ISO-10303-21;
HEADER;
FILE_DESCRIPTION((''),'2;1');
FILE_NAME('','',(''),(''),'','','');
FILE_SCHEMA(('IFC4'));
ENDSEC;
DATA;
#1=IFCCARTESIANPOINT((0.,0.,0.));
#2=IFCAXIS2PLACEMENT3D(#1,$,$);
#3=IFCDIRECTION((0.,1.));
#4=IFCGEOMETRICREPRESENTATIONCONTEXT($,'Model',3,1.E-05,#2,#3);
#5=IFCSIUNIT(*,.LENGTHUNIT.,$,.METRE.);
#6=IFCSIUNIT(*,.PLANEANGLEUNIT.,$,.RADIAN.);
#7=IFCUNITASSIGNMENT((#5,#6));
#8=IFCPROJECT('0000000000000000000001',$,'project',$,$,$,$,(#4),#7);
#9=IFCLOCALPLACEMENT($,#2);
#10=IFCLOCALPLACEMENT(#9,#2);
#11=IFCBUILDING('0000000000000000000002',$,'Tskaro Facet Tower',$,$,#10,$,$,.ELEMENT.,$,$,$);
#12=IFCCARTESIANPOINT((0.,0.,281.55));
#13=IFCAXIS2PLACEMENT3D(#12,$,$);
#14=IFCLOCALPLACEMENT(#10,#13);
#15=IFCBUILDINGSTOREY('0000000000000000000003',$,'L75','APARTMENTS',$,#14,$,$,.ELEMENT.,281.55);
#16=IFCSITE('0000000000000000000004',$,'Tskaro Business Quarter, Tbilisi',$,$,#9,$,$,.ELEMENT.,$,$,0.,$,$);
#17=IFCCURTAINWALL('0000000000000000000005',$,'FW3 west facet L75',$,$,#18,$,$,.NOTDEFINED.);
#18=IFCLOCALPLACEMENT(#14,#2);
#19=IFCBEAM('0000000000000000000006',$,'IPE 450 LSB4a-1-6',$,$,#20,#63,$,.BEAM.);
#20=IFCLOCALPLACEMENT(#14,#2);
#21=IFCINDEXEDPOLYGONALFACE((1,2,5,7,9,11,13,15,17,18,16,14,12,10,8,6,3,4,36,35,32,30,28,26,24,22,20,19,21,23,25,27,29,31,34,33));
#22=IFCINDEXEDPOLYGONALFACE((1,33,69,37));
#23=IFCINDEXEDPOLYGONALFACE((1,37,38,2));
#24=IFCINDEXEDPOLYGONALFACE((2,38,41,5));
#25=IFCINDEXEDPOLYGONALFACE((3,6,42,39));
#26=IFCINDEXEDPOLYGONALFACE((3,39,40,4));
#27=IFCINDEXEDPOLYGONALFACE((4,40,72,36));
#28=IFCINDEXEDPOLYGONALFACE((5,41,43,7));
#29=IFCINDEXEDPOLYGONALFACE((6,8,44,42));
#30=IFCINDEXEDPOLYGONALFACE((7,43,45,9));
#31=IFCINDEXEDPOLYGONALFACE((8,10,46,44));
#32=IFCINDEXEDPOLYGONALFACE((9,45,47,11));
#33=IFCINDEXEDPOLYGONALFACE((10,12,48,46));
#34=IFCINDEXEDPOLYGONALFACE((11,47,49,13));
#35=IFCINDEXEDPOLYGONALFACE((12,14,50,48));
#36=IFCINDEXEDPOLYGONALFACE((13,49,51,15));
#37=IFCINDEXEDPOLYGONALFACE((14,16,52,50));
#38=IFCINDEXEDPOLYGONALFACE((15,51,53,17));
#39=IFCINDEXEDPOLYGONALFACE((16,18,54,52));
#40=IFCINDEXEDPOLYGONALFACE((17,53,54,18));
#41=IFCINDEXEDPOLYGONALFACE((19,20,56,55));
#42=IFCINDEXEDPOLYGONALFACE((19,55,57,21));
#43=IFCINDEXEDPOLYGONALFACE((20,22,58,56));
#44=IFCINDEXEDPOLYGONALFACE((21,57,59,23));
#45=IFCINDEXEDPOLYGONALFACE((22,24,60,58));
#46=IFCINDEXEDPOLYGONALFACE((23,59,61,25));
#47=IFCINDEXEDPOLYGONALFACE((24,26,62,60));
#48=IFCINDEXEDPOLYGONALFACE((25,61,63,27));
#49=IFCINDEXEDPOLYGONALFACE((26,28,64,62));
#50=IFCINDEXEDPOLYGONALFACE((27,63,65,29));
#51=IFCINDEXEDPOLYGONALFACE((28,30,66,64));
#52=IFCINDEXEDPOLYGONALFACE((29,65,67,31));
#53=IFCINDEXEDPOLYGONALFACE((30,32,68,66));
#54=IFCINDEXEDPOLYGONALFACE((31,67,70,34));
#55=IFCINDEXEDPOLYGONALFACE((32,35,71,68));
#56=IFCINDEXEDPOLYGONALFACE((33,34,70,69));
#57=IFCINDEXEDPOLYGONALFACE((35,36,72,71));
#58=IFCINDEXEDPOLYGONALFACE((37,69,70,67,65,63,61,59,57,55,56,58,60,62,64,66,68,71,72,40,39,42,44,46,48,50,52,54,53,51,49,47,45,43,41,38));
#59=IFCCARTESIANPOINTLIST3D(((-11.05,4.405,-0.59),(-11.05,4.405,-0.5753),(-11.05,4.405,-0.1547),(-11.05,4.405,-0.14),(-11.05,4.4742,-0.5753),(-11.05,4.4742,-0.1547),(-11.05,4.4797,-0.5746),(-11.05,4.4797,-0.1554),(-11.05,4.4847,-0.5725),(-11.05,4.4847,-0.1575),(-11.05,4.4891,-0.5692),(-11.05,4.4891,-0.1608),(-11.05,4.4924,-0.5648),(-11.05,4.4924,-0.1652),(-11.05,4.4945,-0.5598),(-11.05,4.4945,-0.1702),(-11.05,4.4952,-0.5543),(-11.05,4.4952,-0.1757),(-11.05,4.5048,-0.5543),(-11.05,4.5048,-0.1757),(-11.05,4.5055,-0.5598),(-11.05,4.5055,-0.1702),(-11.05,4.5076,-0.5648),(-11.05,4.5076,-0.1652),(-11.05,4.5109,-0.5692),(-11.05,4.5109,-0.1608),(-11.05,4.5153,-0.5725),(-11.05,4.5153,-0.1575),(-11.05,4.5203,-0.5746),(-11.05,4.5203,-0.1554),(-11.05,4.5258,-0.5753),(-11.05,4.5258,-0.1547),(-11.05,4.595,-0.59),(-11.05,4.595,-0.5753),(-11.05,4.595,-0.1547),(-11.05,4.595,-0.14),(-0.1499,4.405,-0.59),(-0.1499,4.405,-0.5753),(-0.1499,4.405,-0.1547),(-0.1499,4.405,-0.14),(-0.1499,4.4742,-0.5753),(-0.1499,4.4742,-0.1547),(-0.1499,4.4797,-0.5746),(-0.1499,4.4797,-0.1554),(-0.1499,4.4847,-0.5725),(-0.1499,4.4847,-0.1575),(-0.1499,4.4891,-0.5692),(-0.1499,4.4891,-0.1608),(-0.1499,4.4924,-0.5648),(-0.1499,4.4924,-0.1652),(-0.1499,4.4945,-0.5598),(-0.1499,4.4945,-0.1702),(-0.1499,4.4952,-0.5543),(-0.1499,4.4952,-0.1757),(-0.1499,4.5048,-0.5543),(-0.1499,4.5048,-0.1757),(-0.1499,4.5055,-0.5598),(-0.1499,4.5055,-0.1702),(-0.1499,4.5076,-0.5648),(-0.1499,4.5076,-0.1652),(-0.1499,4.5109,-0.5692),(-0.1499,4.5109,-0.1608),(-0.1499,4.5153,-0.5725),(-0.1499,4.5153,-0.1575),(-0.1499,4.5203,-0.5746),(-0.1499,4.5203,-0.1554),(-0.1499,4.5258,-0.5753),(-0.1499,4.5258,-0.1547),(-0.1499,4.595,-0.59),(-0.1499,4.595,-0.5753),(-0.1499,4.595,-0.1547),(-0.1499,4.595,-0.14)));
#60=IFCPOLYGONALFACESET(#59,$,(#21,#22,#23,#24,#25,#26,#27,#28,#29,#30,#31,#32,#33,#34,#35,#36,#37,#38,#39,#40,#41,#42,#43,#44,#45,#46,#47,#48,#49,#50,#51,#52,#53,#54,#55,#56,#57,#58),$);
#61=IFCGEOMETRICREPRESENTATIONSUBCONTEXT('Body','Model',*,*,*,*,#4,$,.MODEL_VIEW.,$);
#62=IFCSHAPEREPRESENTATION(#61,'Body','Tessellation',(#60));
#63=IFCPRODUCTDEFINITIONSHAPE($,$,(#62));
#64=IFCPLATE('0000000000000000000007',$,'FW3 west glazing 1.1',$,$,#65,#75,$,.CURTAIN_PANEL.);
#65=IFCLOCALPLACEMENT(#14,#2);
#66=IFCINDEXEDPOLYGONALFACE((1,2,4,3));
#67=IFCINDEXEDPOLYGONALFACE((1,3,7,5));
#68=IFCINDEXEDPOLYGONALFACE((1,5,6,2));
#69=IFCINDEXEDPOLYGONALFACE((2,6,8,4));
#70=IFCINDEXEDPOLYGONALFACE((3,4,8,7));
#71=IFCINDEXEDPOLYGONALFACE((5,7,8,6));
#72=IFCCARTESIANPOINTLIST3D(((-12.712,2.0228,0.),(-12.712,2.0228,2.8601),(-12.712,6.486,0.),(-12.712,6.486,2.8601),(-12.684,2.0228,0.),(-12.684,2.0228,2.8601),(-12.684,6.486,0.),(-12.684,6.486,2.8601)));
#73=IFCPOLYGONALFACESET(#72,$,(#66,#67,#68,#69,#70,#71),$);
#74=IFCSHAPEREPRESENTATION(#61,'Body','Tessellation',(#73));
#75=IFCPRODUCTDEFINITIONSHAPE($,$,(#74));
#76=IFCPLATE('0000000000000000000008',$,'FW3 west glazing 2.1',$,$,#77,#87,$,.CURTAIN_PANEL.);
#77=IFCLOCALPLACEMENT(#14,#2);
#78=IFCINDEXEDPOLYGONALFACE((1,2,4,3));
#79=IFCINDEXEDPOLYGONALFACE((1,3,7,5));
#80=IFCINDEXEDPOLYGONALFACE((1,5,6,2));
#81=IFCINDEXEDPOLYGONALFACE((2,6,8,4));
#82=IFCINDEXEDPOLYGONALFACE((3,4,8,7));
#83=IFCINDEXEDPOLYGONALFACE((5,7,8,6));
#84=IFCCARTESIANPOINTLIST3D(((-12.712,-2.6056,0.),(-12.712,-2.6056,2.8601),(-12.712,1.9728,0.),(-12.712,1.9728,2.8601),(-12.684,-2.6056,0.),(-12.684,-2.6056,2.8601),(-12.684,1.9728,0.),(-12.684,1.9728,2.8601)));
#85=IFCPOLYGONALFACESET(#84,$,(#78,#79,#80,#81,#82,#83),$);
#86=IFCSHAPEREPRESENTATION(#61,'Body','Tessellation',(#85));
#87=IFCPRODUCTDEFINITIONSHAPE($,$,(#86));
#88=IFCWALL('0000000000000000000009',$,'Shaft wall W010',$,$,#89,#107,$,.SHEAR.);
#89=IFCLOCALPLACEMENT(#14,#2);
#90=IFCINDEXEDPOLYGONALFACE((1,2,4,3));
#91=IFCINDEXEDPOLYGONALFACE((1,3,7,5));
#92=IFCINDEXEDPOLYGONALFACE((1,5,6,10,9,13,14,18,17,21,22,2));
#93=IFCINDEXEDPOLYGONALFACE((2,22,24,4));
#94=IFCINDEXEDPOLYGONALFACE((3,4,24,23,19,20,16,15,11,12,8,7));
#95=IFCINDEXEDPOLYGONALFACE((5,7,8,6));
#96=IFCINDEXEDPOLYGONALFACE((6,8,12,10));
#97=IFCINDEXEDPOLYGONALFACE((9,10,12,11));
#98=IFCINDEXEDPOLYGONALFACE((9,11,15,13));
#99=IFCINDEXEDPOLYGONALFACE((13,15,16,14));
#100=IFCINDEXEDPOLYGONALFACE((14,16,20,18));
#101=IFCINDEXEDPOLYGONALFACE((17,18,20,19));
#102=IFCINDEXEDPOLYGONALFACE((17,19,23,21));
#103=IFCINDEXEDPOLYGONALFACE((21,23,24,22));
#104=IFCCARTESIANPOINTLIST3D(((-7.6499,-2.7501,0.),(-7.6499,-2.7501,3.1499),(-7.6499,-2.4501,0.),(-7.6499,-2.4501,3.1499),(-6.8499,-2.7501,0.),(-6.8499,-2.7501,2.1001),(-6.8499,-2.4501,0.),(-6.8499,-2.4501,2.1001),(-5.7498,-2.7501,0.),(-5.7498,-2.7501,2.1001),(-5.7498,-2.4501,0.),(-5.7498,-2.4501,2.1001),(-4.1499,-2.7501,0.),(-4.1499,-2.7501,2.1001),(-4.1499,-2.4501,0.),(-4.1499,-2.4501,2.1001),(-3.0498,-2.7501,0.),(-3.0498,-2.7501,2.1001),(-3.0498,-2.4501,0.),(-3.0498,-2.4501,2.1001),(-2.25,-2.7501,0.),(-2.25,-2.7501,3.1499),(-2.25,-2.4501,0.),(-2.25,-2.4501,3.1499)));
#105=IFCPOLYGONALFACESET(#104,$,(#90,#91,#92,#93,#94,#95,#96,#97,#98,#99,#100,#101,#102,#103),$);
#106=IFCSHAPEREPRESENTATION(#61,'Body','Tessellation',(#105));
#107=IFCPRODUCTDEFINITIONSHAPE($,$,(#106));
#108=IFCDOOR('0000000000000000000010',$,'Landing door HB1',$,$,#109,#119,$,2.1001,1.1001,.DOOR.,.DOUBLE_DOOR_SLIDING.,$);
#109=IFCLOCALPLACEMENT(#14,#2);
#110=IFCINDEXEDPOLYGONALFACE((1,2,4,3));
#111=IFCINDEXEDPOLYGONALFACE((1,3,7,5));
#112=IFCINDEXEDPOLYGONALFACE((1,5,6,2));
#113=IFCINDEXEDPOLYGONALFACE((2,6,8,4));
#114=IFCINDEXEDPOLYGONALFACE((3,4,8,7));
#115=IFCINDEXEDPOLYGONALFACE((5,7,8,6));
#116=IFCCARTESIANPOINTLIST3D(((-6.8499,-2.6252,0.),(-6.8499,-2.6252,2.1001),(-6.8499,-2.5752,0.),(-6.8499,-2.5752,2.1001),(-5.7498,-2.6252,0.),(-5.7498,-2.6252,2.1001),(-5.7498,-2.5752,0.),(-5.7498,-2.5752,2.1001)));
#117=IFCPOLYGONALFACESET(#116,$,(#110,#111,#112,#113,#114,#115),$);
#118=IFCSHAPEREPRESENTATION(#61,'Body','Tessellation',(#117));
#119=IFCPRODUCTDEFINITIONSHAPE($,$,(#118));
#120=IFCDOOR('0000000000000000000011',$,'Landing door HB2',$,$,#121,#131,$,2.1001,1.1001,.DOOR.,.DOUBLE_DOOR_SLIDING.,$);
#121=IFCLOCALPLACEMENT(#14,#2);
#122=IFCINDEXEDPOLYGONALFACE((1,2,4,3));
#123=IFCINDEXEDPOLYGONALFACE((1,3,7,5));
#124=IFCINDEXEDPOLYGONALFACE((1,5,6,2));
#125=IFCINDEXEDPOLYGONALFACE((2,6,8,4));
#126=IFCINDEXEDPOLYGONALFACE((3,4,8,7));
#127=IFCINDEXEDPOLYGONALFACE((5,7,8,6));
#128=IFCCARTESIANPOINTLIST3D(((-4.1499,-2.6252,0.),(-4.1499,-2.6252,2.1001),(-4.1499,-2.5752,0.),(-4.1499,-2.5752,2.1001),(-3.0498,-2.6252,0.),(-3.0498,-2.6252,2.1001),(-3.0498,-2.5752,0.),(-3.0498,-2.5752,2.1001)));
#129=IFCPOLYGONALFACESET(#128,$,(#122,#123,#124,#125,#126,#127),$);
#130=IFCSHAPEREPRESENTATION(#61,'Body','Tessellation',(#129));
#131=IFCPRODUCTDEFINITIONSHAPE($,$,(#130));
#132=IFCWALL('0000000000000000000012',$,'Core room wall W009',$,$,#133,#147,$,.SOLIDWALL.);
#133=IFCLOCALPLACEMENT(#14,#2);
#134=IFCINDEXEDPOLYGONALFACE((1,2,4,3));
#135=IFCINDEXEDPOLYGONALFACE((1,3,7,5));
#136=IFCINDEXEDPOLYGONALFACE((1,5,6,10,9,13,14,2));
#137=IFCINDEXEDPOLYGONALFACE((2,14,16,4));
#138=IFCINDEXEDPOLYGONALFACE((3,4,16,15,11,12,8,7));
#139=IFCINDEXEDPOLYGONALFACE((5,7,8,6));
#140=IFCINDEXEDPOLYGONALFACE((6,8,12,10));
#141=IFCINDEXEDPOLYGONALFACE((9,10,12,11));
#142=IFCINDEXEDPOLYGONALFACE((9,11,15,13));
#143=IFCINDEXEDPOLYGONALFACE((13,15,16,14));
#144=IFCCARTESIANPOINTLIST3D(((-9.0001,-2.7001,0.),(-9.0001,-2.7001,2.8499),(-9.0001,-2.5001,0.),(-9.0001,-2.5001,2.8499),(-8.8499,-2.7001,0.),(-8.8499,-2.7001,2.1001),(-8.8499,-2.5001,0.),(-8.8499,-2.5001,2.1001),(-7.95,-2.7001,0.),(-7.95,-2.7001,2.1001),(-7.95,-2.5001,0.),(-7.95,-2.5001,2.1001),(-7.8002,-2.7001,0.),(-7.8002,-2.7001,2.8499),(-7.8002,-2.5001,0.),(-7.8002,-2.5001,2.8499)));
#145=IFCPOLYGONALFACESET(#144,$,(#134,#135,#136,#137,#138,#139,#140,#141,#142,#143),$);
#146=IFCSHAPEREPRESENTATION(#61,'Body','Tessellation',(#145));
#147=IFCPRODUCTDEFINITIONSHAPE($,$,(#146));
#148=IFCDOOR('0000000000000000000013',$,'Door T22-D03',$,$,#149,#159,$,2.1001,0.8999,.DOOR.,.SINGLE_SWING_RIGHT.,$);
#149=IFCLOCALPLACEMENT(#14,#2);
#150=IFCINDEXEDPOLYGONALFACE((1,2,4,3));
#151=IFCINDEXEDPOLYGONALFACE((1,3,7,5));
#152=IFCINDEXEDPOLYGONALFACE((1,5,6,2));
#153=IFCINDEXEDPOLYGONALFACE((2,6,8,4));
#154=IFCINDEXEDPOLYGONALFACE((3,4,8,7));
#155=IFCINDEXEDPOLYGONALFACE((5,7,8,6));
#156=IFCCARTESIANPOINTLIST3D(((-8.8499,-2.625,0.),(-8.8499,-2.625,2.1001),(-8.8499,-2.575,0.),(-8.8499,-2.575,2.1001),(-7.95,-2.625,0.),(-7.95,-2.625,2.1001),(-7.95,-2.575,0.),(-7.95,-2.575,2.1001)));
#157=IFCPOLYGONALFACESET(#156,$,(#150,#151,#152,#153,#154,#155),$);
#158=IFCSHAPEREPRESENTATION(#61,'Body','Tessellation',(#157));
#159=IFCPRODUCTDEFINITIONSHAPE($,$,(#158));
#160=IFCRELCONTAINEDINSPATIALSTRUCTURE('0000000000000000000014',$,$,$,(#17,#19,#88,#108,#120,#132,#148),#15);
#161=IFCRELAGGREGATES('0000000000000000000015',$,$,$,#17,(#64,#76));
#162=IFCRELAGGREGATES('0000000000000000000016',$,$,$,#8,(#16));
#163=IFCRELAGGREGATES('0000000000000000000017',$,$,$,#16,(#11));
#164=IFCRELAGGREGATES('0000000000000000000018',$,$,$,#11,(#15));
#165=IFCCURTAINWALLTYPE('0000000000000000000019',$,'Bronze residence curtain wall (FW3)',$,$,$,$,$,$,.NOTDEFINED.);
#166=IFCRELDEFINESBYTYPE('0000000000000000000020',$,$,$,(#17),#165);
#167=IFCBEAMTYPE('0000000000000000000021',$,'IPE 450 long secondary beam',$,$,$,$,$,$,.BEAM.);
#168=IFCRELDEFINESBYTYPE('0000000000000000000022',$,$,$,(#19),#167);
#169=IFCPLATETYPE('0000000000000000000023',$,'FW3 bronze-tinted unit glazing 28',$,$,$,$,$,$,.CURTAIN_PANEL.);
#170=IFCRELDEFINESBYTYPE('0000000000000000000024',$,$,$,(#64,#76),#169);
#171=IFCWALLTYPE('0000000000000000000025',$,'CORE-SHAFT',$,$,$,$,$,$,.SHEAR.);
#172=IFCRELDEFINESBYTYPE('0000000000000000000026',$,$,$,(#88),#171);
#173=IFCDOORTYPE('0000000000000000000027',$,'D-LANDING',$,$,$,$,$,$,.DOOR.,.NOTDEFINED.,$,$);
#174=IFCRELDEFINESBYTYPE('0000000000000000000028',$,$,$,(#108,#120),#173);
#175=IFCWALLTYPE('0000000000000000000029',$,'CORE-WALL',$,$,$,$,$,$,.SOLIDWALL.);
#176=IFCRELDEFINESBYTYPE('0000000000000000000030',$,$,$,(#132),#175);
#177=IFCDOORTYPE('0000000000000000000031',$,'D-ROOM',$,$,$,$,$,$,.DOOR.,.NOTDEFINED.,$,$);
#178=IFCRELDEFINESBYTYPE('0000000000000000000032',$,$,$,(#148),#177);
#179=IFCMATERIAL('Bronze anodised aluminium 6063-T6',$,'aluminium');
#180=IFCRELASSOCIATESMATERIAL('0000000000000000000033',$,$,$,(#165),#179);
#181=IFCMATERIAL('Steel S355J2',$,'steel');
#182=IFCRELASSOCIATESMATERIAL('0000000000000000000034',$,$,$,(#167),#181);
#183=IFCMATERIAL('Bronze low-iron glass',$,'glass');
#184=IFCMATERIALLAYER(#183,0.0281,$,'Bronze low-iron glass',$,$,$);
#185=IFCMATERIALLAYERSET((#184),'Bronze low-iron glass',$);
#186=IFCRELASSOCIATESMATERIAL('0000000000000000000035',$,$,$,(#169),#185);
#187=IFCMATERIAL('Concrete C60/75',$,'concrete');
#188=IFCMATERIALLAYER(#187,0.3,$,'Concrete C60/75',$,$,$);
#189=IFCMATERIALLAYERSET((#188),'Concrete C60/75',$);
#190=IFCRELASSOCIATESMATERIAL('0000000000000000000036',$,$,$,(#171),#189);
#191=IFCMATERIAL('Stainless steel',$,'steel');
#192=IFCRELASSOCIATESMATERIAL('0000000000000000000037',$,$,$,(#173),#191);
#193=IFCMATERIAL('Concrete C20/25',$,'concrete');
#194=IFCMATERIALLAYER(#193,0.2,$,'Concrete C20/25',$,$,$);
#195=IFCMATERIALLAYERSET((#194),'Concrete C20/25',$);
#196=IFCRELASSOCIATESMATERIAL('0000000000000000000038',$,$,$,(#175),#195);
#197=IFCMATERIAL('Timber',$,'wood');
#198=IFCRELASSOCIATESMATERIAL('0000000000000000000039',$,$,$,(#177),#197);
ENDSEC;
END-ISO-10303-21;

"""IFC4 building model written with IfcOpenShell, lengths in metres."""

from ifc_helpers import new_model, si_unit, direction, frame, frame_2d, origin, origin_2d, place, context, subcontext, project, spatial, rectangle, i_section, extrude, material, layer, layer_set, material_profile, profile_set, type_object, element, fill, aggregate, save


model = new_model("IFC4")

# Units and contexts
model_context = context("Model", 3, precision=1e-05, world=origin(), true_north=direction((0.0, 1.0)))
body_context = subcontext(model_context, "Body", "Model", "MODEL_VIEW")
ifc_project = project(units=[si_unit("LENGTHUNIT", "METRE"), si_unit("PLANEANGLEUNIT", "RADIAN")], contexts=[model_context])

# Site, building, storey
site_placement = place(None, origin())
site = spatial("IfcSite", under=ifc_project, at=site_placement, Name="Tskaro Business Quarter, Tbilisi", CompositionType="ELEMENT", RefElevation=0.0)
building_placement = place(site_placement, origin())
building = spatial("IfcBuilding", under=site, at=building_placement, Name="Tskaro Facet Tower", CompositionType="ELEMENT")
storey_placement = place(building_placement, frame((0.0, 0.0, 281.55)))
storey = spatial("IfcBuildingStorey", under=building, at=storey_placement, Name="L75", Description="APARTMENTS", CompositionType="ELEMENT", Elevation=281.55)

# Shared definitions
ifc_material_1 = material(Name="Steel S355J2", Category="steel")

# Curtain wall
ifc_material_2 = material(Name="Bronze anodised aluminium 6063-T6", Category="aluminium")
curtain_wall_type = type_object("IfcCurtainWallType", Name="Bronze residence curtain wall (FW3)", PredefinedType="NOTDEFINED", material=ifc_material_2)
curtain_wall_placement = place(storey_placement, origin())
curtain_wall = element("IfcCurtainWall", 1, at=curtain_wall_placement, inside=storey, type_object=curtain_wall_type, Name="FW3 west facet L75", PredefinedType="NOTDEFINED")

# Beam
ifc_material_profile_1 = material_profile(ifc_material_1, i_section(OverallWidth=0.1899, OverallDepth=0.45, WebThickness=0.0095, FlangeThickness=0.0146, FilletRadius=0.021, at=origin_2d()), Name="IPE 450")
ifc_profile_set_1 = profile_set([ifc_material_profile_1], Name="Steel S355J2")
beam_type_1 = type_object("IfcBeamType", Name="IPE 450 long secondary beam", PredefinedType="BEAM", material=ifc_profile_set_1)
beam_1_placement = place(storey_placement, frame((-11.05, 4.5, -0.365), z_axis=(1.0, 0.0, 0.0), x_axis=(0.0, 1.0, 0.0)))
element("IfcBeam", 2, at=beam_1_placement, inside=storey, type_object=beam_type_1, Name="IPE 450 LSB4a-1-6", PredefinedType="BEAM", context=body_context, shape_type="SweptSolid", body=[
    extrude(i_section(OverallWidth=0.1899, OverallDepth=0.45, WebThickness=0.0095, FlangeThickness=0.0146, FilletRadius=0.021, at=origin_2d()), origin(), (0.0, 0.0, 1.0), 10.9001),
])

# Plates
ifc_material_3 = material(Name="Bronze low-iron glass", Category="glass")
ifc_layer_1 = layer(ifc_material_3, 0.0281, Name="Bronze low-iron glass")
ifc_layer_set_1 = layer_set([ifc_layer_1], Name="Bronze low-iron glass")
plate_type = type_object("IfcPlateType", Name="FW3 bronze-tinted unit glazing 28", PredefinedType="CURTAIN_PANEL", material=ifc_layer_set_1)
plate_1_placement = place(storey_placement, frame((-12.698, 4.2544, 0.0), z_axis=(0.0, 0.0, 1.0), x_axis=(0.0, -1.0, 0.0)))
plate_1 = element("IfcPlate", 3, at=plate_1_placement, type_object=plate_type, Name="FW3 west glazing 1.1", PredefinedType="CURTAIN_PANEL", context=body_context, shape_type="SweptSolid", body=[
    extrude(rectangle(XDim=4.4631, YDim=0.0281, at=origin_2d()), origin(), (0.0, 0.0, 1.0), 2.8601),
])
plate_2_placement = place(storey_placement, frame((-12.698, -0.3164, 0.0), z_axis=(0.0, 0.0, 1.0), x_axis=(0.0, -1.0, 0.0)))
plate_2 = element("IfcPlate", 4, at=plate_2_placement, type_object=plate_type, Name="FW3 west glazing 2.1", PredefinedType="CURTAIN_PANEL", context=body_context, shape_type="SweptSolid", body=[
    extrude(rectangle(XDim=4.5784, YDim=0.0281, at=origin_2d()), origin(), (0.0, 0.0, 1.0), 2.8601),
])
aggregate(curtain_wall, [plate_1, plate_2])

# Wall, openings, doors
ifc_material_4 = material(Name="Concrete C60/75", Category="concrete")
ifc_layer_2 = layer(ifc_material_4, 0.3, Name="Concrete C60/75")
ifc_layer_set_2 = layer_set([ifc_layer_2], Name="Concrete C60/75")
wall_type_1 = type_object("IfcWallType", Name="CORE-SHAFT", PredefinedType="SHEAR", material=ifc_layer_set_2)
wall_1_placement = place(storey_placement, frame((-7.6499, -2.6001, 0.0), z_axis=(0.0, 0.0, 1.0), x_axis=(1.0, 0.0, 0.0)))
wall_1 = element("IfcWall", 5, at=wall_1_placement, inside=storey, type_object=wall_type_1, Name="Shaft wall W010", PredefinedType="SHEAR", context=body_context, shape_type="SweptSolid", body=[
    extrude(rectangle(XDim=5.3999, YDim=0.3, at=frame_2d((2.7, 0.0))), origin(), (0.0, 0.0, 1.0), 3.1499),
])
opening_1_placement = place(wall_1_placement, frame((0.8, 0.0, 0.0)))
opening_1 = element("IfcOpeningElement", 6, at=opening_1_placement, cuts=wall_1, PredefinedType="OPENING", context=body_context, shape_type="SweptSolid", body=[
    extrude(rectangle(XDim=1.1001, YDim=2.1001, at=frame_2d((0.55, 1.05))), frame((0.0, 0.1599, 0.0), z_axis=(0.0, -1.0, 0.0), x_axis=(1.0, 0.0, 0.0)), (0.0, 0.0, 1.0), 0.3201),
])
opening_2_placement = place(wall_1_placement, frame((3.5, 0.0, 0.0)))
opening_2 = element("IfcOpeningElement", 7, at=opening_2_placement, cuts=wall_1, PredefinedType="OPENING", context=body_context, shape_type="SweptSolid", body=[
    extrude(rectangle(XDim=1.1001, YDim=2.1001, at=frame_2d((0.55, 1.05))), frame((0.0, 0.1599, 0.0), z_axis=(0.0, -1.0, 0.0), x_axis=(1.0, 0.0, 0.0)), (0.0, 0.0, 1.0), 0.3201),
])
ifc_material_5 = material(Name="Stainless steel", Category="steel")
door_type_1 = type_object("IfcDoorType", Name="D-LANDING", OperationType="NOTDEFINED", PredefinedType="DOOR", material=ifc_material_5)
door_1_placement = place(opening_1_placement, origin())
door_1 = element("IfcDoor", 8, at=door_1_placement, inside=storey, type_object=door_type_1, Name="Landing door HB1", OperationType="DOUBLE_DOOR_SLIDING", OverallHeight=2.1001, OverallWidth=1.1001, PredefinedType="DOOR", context=body_context, shape_type="SweptSolid", body=[
    extrude(rectangle(XDim=1.1001, YDim=2.1001, at=frame_2d((0.55, 1.05))), frame((0.0, 0.0249, 0.0), z_axis=(0.0, -1.0, 0.0), x_axis=(1.0, 0.0, 0.0)), (0.0, 0.0, 1.0), 0.05),
])
fill(opening_1, door_1)
door_2_placement = place(opening_2_placement, origin())
door_2 = element("IfcDoor", 9, at=door_2_placement, inside=storey, type_object=door_type_1, Name="Landing door HB2", OperationType="DOUBLE_DOOR_SLIDING", OverallHeight=2.1001, OverallWidth=1.1001, PredefinedType="DOOR", context=body_context, shape_type="SweptSolid", body=[
    extrude(rectangle(XDim=1.1001, YDim=2.1001, at=frame_2d((0.55, 1.05))), frame((0.0, 0.0249, 0.0), z_axis=(0.0, -1.0, 0.0), x_axis=(1.0, 0.0, 0.0)), (0.0, 0.0, 1.0), 0.05),
])
fill(opening_2, door_2)

# Wall, opening, door
ifc_material_6 = material(Name="Concrete C20/25", Category="concrete")
ifc_layer_3 = layer(ifc_material_6, 0.2, Name="Concrete C20/25")
ifc_layer_set_3 = layer_set([ifc_layer_3], Name="Concrete C20/25")
wall_type_2 = type_object("IfcWallType", Name="CORE-WALL", PredefinedType="SOLIDWALL", material=ifc_layer_set_3)
wall_2_placement = place(storey_placement, frame((-7.8, -2.6001, 0.0), z_axis=(0.0, 0.0, 1.0), x_axis=(-1.0, 0.0, 0.0)))
wall_2 = element("IfcWall", 10, at=wall_2_placement, inside=storey, type_object=wall_type_2, Name="Core room wall W009", PredefinedType="SOLIDWALL", context=body_context, shape_type="SweptSolid", body=[
    extrude(rectangle(XDim=1.2, YDim=0.2, at=frame_2d((0.6001, 0.0))), origin(), (0.0, 0.0, 1.0), 2.8499),
])
opening_3_placement = place(wall_2_placement, frame((0.1499, 0.0, 0.0)))
opening_3 = element("IfcOpeningElement", 11, at=opening_3_placement, cuts=wall_2, PredefinedType="OPENING", context=body_context, shape_type="SweptSolid", body=[
    extrude(rectangle(XDim=0.8999, YDim=2.1001, at=frame_2d((0.45, 1.05))), frame((0.0, 0.1099, 0.0), z_axis=(0.0, -1.0, 0.0), x_axis=(1.0, 0.0, 0.0)), (0.0, 0.0, 1.0), 0.22),
])
ifc_material_7 = material(Name="Timber", Category="wood")
door_type_2 = type_object("IfcDoorType", Name="D-ROOM", OperationType="NOTDEFINED", PredefinedType="DOOR", material=ifc_material_7)
door_3_placement = place(opening_3_placement, origin())
door_3 = element("IfcDoor", 12, at=door_3_placement, inside=storey, type_object=door_type_2, Name="Door T22-D03", OperationType="SINGLE_SWING_RIGHT", OverallHeight=2.1001, OverallWidth=0.8999, PredefinedType="DOOR", context=body_context, shape_type="SweptSolid", body=[
    extrude(rectangle(XDim=0.8999, YDim=2.1001, at=frame_2d((0.45, 1.05))), frame((0.0, 0.0249, 0.0), z_axis=(0.0, -1.0, 0.0), x_axis=(1.0, 0.0, 0.0)), (0.0, 0.0, 1.0), 0.05),
])
fill(opening_3, door_3)

save(model, "model.ifc")
